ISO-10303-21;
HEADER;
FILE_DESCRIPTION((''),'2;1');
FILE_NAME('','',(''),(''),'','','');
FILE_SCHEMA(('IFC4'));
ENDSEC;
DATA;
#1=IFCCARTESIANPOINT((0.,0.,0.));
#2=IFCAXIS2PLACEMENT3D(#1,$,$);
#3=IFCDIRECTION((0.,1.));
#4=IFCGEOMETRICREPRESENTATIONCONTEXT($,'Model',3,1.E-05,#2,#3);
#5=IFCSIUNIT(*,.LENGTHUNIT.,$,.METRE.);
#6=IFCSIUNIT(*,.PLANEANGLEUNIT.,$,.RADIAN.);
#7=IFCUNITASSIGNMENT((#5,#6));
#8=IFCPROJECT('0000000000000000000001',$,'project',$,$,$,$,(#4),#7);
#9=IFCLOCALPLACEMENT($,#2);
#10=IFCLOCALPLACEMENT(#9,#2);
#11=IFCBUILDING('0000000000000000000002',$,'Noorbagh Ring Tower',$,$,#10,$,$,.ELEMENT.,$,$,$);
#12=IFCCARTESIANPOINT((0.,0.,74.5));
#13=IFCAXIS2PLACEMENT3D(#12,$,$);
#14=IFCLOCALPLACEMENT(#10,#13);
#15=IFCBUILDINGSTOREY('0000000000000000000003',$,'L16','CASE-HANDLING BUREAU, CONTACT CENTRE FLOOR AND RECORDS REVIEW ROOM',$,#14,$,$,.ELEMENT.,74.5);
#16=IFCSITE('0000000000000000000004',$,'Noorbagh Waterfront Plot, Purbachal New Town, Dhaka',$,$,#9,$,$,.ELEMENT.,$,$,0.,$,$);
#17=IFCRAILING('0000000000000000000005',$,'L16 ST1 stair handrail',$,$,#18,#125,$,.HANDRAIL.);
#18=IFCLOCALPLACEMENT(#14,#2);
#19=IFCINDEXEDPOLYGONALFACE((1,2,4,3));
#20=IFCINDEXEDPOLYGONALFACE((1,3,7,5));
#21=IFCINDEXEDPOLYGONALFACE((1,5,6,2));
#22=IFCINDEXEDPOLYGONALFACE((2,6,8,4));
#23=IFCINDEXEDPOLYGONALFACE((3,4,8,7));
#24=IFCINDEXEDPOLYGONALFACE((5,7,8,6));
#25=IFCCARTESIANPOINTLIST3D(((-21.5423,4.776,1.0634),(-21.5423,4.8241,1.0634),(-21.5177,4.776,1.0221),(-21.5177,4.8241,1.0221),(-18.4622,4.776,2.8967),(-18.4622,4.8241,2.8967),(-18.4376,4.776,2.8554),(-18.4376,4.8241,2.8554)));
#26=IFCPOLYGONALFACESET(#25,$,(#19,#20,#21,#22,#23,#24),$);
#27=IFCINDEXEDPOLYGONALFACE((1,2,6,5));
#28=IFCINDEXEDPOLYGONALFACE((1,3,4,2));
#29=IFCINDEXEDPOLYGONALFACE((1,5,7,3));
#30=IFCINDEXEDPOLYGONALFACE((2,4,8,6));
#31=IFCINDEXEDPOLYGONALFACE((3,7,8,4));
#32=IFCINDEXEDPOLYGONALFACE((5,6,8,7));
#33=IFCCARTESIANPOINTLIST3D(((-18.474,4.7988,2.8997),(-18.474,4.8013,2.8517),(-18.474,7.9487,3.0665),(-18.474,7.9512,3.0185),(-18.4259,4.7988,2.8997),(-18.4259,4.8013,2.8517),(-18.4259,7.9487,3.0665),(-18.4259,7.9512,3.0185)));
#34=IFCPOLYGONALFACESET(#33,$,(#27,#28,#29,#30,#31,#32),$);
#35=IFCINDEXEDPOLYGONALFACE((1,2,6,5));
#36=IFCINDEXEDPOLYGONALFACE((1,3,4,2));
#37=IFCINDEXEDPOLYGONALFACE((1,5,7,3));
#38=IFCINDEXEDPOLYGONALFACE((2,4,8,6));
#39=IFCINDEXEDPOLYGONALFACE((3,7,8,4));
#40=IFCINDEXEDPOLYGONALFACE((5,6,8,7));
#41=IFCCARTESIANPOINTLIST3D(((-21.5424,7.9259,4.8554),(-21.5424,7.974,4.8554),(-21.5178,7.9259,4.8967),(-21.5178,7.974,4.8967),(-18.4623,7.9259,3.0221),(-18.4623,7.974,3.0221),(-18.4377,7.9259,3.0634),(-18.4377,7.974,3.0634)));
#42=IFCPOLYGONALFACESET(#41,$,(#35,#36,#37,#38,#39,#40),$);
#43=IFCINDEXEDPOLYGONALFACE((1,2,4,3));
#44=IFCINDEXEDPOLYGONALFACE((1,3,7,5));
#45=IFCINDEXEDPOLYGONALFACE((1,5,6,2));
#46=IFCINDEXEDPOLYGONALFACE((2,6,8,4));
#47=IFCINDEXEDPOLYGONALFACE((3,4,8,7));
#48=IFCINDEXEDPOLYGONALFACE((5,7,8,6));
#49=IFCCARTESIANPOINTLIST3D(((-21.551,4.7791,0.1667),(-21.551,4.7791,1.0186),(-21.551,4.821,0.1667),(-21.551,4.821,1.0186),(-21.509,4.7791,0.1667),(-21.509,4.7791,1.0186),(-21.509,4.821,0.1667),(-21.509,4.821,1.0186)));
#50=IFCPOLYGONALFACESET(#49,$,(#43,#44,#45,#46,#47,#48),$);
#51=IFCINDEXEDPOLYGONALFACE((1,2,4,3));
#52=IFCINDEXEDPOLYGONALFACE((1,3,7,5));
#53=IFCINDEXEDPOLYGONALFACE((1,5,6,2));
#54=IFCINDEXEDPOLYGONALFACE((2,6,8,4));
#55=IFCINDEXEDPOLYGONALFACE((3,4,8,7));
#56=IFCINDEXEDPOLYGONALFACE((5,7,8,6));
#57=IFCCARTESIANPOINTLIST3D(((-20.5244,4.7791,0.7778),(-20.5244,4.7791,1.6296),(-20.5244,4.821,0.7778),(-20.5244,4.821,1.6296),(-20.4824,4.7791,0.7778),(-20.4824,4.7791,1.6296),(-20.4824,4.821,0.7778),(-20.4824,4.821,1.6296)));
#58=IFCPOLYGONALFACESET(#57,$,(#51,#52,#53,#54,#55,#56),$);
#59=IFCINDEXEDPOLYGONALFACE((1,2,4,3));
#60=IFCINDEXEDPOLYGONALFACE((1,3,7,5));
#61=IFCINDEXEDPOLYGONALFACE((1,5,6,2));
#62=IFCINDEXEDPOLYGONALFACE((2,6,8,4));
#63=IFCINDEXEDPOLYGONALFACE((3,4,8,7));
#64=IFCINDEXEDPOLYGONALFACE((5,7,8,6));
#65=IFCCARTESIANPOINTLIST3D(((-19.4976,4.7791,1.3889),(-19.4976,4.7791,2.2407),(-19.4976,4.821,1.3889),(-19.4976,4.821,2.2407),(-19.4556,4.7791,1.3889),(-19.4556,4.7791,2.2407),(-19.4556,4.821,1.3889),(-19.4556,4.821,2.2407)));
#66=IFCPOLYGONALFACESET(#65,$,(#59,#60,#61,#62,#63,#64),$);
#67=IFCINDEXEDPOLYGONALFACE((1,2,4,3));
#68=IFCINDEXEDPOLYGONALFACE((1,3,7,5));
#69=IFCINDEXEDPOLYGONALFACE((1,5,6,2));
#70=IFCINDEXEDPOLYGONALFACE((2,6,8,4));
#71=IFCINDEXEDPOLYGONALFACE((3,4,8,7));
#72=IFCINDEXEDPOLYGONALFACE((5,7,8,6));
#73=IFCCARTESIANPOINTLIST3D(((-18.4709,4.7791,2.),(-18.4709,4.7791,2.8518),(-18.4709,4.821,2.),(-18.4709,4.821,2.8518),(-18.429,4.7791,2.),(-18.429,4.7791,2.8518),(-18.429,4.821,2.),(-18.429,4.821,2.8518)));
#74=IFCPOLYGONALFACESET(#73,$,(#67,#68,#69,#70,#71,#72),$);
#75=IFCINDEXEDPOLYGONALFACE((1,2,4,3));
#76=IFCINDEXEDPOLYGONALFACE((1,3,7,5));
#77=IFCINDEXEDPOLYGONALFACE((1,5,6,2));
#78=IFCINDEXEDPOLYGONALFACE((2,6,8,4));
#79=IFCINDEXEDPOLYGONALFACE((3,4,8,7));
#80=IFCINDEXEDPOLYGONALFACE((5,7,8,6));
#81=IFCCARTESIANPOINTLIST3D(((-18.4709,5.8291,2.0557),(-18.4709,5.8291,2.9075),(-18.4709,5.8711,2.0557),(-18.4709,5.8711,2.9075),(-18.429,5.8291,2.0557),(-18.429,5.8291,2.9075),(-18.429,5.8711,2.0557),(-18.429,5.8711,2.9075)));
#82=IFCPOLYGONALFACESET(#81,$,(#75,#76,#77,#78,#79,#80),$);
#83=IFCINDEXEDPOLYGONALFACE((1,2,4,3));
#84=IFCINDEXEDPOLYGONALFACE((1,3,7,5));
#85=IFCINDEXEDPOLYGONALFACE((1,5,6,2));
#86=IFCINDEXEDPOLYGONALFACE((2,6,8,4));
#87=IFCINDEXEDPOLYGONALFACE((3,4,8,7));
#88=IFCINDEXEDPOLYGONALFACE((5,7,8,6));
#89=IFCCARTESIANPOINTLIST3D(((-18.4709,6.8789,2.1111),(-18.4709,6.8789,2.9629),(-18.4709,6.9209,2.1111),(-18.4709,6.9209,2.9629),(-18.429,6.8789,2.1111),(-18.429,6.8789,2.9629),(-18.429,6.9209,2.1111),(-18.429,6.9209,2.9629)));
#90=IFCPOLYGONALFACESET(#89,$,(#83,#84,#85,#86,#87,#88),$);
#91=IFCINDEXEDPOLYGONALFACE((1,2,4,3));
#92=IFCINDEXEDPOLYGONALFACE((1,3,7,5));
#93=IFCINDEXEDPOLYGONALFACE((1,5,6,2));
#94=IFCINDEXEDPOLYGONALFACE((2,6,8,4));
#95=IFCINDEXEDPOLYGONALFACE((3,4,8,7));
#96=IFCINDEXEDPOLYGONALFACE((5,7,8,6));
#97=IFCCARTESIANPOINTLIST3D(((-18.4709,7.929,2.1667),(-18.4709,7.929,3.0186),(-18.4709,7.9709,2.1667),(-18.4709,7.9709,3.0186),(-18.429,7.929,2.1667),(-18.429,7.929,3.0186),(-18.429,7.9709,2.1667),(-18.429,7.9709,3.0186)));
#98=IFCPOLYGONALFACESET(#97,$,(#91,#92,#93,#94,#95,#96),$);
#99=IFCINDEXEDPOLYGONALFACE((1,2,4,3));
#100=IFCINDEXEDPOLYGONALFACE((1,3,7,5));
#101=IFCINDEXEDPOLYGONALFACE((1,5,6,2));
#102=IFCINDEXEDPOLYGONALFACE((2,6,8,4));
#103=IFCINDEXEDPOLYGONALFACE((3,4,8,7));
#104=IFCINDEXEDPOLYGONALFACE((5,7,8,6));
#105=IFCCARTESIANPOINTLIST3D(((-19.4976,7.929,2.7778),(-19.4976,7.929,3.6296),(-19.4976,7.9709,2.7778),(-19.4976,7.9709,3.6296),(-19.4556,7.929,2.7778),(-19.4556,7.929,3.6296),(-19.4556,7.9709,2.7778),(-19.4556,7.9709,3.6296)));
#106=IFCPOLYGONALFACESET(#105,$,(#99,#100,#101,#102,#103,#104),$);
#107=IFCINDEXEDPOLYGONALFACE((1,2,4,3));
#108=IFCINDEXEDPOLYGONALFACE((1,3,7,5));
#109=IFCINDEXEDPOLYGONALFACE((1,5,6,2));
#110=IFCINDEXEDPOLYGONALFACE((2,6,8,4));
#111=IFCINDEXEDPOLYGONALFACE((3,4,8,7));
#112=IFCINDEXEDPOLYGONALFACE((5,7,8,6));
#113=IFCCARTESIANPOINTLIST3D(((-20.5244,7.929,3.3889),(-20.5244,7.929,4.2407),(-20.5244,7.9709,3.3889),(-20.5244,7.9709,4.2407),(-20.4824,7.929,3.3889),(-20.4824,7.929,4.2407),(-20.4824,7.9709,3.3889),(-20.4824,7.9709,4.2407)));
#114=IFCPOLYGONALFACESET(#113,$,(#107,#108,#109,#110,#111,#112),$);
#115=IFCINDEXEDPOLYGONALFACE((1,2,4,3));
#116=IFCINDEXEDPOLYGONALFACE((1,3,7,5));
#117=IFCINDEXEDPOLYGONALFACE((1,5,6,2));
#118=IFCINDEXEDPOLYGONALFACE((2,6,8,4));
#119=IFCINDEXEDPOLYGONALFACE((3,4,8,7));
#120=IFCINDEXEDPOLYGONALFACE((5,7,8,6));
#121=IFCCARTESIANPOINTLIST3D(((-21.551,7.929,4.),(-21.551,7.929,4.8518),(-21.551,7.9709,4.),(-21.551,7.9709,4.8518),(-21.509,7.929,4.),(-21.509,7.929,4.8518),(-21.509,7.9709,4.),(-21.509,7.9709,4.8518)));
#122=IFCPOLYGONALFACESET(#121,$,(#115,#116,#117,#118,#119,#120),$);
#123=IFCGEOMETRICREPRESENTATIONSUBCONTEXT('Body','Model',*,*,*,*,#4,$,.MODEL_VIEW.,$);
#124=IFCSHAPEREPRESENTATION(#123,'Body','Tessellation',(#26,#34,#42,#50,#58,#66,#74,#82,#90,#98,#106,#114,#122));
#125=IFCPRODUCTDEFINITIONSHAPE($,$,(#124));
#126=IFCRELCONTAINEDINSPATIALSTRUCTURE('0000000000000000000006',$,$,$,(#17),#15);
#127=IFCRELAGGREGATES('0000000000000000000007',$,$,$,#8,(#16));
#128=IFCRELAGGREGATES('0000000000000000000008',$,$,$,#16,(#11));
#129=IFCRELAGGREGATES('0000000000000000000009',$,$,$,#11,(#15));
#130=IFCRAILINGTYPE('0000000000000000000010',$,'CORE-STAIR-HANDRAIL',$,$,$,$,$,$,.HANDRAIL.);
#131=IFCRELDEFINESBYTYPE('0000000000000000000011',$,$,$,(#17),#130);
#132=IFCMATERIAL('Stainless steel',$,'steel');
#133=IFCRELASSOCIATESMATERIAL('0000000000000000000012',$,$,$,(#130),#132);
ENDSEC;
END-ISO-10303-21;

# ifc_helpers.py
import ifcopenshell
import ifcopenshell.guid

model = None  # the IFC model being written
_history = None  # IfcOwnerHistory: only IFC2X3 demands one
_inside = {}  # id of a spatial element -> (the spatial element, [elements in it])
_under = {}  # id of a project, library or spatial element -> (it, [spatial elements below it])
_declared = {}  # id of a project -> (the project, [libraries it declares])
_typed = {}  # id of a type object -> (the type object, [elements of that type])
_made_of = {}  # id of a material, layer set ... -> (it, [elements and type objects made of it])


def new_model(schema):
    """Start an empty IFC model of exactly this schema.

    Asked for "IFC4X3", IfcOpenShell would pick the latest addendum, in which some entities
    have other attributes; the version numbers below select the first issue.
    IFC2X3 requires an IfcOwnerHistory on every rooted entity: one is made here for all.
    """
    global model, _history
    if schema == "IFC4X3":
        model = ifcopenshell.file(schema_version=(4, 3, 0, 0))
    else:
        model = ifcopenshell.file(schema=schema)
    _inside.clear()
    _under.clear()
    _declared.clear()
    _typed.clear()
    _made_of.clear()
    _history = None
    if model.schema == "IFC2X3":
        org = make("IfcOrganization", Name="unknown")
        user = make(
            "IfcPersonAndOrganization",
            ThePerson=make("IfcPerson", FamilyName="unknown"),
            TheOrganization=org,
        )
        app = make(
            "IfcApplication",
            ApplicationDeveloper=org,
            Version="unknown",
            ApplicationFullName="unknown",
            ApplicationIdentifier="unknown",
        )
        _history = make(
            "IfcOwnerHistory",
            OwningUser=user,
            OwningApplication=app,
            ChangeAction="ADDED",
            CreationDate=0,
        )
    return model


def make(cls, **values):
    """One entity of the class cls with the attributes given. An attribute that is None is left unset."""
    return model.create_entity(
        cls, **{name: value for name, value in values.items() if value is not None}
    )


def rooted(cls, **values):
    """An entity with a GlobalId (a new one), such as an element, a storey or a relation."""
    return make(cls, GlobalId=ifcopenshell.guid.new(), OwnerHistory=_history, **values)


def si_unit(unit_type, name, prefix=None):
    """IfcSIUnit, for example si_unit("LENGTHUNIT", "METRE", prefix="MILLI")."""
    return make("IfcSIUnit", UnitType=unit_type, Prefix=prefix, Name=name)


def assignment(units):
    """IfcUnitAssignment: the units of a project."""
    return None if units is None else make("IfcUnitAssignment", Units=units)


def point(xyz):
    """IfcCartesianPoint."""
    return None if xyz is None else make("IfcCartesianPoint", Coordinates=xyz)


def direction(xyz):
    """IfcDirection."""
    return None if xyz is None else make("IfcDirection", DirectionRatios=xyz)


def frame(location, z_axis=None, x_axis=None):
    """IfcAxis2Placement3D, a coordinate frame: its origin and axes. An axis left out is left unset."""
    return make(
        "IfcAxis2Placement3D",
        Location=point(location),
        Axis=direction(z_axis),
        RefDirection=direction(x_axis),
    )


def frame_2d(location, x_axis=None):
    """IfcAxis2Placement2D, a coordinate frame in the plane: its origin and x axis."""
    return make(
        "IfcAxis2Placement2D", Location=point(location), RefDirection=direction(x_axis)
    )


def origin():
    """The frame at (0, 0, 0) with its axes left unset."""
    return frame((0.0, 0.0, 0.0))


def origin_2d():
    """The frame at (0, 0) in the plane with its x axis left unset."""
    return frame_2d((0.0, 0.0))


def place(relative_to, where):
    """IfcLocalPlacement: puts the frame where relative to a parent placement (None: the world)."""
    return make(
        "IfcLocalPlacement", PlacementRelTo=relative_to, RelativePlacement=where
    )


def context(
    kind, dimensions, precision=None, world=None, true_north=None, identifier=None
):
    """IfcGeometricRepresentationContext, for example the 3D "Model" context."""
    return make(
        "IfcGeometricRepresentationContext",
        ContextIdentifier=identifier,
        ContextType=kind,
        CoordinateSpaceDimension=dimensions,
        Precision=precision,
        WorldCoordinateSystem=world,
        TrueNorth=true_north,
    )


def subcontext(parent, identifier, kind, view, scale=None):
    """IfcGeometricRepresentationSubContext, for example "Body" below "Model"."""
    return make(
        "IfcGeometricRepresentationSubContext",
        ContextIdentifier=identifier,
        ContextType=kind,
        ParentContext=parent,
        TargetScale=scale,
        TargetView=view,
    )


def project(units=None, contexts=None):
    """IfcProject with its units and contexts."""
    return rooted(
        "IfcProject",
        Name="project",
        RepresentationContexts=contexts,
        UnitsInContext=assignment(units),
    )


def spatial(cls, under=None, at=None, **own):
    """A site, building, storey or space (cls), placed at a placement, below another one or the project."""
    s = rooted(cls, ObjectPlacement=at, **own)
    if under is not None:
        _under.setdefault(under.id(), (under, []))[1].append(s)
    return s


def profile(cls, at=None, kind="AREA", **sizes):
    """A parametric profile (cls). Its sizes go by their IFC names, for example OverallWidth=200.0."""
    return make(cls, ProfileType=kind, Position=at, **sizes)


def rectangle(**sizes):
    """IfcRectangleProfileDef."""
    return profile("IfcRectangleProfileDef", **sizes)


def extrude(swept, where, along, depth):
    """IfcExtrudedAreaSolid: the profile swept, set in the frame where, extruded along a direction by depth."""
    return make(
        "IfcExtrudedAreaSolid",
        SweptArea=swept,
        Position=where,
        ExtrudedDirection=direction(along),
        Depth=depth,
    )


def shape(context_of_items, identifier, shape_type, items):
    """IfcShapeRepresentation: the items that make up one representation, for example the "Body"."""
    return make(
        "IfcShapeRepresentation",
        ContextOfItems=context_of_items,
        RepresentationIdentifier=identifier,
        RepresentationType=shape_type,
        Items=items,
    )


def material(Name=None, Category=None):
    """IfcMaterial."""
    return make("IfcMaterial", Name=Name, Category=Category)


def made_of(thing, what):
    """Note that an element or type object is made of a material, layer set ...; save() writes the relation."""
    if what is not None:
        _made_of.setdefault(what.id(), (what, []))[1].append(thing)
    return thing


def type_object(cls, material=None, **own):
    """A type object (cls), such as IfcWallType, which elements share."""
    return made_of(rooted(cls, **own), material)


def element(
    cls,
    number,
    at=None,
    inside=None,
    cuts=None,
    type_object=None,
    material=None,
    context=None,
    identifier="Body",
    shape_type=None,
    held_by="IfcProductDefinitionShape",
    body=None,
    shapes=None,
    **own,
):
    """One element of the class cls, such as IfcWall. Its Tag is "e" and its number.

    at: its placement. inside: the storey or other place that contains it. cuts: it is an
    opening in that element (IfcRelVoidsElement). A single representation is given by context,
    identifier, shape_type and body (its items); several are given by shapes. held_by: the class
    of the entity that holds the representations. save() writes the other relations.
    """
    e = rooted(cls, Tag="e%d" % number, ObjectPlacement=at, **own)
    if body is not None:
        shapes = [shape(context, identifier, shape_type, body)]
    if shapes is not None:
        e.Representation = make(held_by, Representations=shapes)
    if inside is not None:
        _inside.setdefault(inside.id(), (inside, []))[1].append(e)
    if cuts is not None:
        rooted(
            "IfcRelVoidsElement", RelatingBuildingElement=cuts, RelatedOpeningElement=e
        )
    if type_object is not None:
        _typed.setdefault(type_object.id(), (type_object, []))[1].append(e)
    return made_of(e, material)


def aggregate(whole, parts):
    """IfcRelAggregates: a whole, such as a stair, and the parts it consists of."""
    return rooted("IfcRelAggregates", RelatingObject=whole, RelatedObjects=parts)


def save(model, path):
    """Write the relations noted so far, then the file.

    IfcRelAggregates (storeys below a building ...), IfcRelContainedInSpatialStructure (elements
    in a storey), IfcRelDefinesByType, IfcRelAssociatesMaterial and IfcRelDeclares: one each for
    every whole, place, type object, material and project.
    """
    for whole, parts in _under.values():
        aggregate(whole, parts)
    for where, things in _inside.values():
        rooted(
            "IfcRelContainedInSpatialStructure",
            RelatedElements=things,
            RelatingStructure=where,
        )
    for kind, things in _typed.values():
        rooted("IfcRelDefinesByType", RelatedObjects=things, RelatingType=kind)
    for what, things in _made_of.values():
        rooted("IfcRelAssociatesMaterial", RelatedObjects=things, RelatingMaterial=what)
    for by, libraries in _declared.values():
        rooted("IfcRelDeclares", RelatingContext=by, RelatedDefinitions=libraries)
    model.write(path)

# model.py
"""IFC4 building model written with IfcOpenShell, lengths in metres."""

from ifc_helpers import new_model, si_unit, direction, frame, origin, origin_2d, place, context, subcontext, project, spatial, rectangle, extrude, material, type_object, element, save


model = new_model("IFC4")

# Units and contexts
model_context = context("Model", 3, precision=1e-05, world=origin(), true_north=direction((0.0, 1.0)))
body_context = subcontext(model_context, "Body", "Model", "MODEL_VIEW")
ifc_project = project(units=[si_unit("LENGTHUNIT", "METRE"), si_unit("PLANEANGLEUNIT", "RADIAN")], contexts=[model_context])

# Site, building, storey
site_placement = place(None, origin())
site = spatial("IfcSite", under=ifc_project, at=site_placement, Name="Noorbagh Waterfront Plot, Purbachal New Town, Dhaka", CompositionType="ELEMENT", RefElevation=0.0)
building_placement = place(site_placement, origin())
building = spatial("IfcBuilding", under=site, at=building_placement, Name="Noorbagh Ring Tower", CompositionType="ELEMENT")
storey_placement = place(building_placement, frame((0.0, 0.0, 74.5)))
storey = spatial("IfcBuildingStorey", under=building, at=storey_placement, Name="L16", Description="CASE-HANDLING BUREAU, CONTACT CENTRE FLOOR AND RECORDS REVIEW ROOM", CompositionType="ELEMENT", Elevation=74.5)

# Railing
ifc_material_1 = material(Name="Stainless steel", Category="steel")
railing_type_1 = type_object("IfcRailingType", Name="CORE-STAIR-HANDRAIL", PredefinedType="HANDRAIL", material=ifc_material_1)
railing_1_placement = place(storey_placement, frame((-21.53, 4.8, 0.1667)))
element("IfcRailing", 1, at=railing_1_placement, inside=storey, type_object=railing_type_1, Name="L16 ST1 stair handrail", PredefinedType="HANDRAIL", context=body_context, shape_type="SweptSolid", body=[
    extrude(rectangle(XDim=0.0481, YDim=0.0481, at=origin_2d()), frame((0.0, 0.0, 0.876), z_axis=(0.859309, 0.0, 0.511458), x_axis=(0.0, 1.0, 0.0)), (0.0, 0.0, 1.0), 3.5845),
    extrude(rectangle(XDim=0.0481, YDim=0.0481, at=origin_2d()), frame((3.0801, 0.0, 2.709), z_axis=(0.0, 0.998602, 0.052864), x_axis=(-1.0, 0.0, 0.0)), (0.0, 0.0, 1.0), 3.1543),
    extrude(rectangle(XDim=0.0481, YDim=0.0481, at=origin_2d()), frame((3.0801, 3.1499, 2.876), z_axis=(-0.859309, 0.0, 0.511458), x_axis=(0.0, -1.0, 0.0)), (0.0, 0.0, 1.0), 3.5845),
    extrude(rectangle(XDim=0.042, YDim=0.042, at=origin_2d()), origin(), (0.0, 0.0, 1.0), 0.8518),
    extrude(rectangle(XDim=0.042, YDim=0.042, at=origin_2d()), frame((1.0266, 0.0, 0.6111)), (0.0, 0.0, 1.0), 0.8518),
    extrude(rectangle(XDim=0.042, YDim=0.042, at=origin_2d()), frame((2.0535, 0.0, 1.2222)), (0.0, 0.0, 1.0), 0.8518),
    extrude(rectangle(XDim=0.042, YDim=0.042, at=origin_2d()), frame((3.0801, 0.0, 1.8333)), (0.0, 0.0, 1.0), 0.8518),
    extrude(rectangle(XDim=0.042, YDim=0.042, at=origin_2d()), frame((3.0801, 1.05, 1.8889)), (0.0, 0.0, 1.0), 0.8518),
    extrude(rectangle(XDim=0.042, YDim=0.042, at=origin_2d()), frame((3.0801, 2.0999, 1.9443)), (0.0, 0.0, 1.0), 0.8518),
    extrude(rectangle(XDim=0.042, YDim=0.042, at=origin_2d()), frame((3.0801, 3.1499, 2.0)), (0.0, 0.0, 1.0), 0.8518),
    extrude(rectangle(XDim=0.042, YDim=0.042, at=origin_2d()), frame((2.0535, 3.1499, 2.6111)), (0.0, 0.0, 1.0), 0.8518),
    extrude(rectangle(XDim=0.042, YDim=0.042, at=origin_2d()), frame((1.0266, 3.1499, 3.2222)), (0.0, 0.0, 1.0), 0.8518),
    extrude(rectangle(XDim=0.042, YDim=0.042, at=origin_2d()), frame((0.0, 3.1499, 3.8333)), (0.0, 0.0, 1.0), 0.8518),
])

save(model, "model.ifc")
